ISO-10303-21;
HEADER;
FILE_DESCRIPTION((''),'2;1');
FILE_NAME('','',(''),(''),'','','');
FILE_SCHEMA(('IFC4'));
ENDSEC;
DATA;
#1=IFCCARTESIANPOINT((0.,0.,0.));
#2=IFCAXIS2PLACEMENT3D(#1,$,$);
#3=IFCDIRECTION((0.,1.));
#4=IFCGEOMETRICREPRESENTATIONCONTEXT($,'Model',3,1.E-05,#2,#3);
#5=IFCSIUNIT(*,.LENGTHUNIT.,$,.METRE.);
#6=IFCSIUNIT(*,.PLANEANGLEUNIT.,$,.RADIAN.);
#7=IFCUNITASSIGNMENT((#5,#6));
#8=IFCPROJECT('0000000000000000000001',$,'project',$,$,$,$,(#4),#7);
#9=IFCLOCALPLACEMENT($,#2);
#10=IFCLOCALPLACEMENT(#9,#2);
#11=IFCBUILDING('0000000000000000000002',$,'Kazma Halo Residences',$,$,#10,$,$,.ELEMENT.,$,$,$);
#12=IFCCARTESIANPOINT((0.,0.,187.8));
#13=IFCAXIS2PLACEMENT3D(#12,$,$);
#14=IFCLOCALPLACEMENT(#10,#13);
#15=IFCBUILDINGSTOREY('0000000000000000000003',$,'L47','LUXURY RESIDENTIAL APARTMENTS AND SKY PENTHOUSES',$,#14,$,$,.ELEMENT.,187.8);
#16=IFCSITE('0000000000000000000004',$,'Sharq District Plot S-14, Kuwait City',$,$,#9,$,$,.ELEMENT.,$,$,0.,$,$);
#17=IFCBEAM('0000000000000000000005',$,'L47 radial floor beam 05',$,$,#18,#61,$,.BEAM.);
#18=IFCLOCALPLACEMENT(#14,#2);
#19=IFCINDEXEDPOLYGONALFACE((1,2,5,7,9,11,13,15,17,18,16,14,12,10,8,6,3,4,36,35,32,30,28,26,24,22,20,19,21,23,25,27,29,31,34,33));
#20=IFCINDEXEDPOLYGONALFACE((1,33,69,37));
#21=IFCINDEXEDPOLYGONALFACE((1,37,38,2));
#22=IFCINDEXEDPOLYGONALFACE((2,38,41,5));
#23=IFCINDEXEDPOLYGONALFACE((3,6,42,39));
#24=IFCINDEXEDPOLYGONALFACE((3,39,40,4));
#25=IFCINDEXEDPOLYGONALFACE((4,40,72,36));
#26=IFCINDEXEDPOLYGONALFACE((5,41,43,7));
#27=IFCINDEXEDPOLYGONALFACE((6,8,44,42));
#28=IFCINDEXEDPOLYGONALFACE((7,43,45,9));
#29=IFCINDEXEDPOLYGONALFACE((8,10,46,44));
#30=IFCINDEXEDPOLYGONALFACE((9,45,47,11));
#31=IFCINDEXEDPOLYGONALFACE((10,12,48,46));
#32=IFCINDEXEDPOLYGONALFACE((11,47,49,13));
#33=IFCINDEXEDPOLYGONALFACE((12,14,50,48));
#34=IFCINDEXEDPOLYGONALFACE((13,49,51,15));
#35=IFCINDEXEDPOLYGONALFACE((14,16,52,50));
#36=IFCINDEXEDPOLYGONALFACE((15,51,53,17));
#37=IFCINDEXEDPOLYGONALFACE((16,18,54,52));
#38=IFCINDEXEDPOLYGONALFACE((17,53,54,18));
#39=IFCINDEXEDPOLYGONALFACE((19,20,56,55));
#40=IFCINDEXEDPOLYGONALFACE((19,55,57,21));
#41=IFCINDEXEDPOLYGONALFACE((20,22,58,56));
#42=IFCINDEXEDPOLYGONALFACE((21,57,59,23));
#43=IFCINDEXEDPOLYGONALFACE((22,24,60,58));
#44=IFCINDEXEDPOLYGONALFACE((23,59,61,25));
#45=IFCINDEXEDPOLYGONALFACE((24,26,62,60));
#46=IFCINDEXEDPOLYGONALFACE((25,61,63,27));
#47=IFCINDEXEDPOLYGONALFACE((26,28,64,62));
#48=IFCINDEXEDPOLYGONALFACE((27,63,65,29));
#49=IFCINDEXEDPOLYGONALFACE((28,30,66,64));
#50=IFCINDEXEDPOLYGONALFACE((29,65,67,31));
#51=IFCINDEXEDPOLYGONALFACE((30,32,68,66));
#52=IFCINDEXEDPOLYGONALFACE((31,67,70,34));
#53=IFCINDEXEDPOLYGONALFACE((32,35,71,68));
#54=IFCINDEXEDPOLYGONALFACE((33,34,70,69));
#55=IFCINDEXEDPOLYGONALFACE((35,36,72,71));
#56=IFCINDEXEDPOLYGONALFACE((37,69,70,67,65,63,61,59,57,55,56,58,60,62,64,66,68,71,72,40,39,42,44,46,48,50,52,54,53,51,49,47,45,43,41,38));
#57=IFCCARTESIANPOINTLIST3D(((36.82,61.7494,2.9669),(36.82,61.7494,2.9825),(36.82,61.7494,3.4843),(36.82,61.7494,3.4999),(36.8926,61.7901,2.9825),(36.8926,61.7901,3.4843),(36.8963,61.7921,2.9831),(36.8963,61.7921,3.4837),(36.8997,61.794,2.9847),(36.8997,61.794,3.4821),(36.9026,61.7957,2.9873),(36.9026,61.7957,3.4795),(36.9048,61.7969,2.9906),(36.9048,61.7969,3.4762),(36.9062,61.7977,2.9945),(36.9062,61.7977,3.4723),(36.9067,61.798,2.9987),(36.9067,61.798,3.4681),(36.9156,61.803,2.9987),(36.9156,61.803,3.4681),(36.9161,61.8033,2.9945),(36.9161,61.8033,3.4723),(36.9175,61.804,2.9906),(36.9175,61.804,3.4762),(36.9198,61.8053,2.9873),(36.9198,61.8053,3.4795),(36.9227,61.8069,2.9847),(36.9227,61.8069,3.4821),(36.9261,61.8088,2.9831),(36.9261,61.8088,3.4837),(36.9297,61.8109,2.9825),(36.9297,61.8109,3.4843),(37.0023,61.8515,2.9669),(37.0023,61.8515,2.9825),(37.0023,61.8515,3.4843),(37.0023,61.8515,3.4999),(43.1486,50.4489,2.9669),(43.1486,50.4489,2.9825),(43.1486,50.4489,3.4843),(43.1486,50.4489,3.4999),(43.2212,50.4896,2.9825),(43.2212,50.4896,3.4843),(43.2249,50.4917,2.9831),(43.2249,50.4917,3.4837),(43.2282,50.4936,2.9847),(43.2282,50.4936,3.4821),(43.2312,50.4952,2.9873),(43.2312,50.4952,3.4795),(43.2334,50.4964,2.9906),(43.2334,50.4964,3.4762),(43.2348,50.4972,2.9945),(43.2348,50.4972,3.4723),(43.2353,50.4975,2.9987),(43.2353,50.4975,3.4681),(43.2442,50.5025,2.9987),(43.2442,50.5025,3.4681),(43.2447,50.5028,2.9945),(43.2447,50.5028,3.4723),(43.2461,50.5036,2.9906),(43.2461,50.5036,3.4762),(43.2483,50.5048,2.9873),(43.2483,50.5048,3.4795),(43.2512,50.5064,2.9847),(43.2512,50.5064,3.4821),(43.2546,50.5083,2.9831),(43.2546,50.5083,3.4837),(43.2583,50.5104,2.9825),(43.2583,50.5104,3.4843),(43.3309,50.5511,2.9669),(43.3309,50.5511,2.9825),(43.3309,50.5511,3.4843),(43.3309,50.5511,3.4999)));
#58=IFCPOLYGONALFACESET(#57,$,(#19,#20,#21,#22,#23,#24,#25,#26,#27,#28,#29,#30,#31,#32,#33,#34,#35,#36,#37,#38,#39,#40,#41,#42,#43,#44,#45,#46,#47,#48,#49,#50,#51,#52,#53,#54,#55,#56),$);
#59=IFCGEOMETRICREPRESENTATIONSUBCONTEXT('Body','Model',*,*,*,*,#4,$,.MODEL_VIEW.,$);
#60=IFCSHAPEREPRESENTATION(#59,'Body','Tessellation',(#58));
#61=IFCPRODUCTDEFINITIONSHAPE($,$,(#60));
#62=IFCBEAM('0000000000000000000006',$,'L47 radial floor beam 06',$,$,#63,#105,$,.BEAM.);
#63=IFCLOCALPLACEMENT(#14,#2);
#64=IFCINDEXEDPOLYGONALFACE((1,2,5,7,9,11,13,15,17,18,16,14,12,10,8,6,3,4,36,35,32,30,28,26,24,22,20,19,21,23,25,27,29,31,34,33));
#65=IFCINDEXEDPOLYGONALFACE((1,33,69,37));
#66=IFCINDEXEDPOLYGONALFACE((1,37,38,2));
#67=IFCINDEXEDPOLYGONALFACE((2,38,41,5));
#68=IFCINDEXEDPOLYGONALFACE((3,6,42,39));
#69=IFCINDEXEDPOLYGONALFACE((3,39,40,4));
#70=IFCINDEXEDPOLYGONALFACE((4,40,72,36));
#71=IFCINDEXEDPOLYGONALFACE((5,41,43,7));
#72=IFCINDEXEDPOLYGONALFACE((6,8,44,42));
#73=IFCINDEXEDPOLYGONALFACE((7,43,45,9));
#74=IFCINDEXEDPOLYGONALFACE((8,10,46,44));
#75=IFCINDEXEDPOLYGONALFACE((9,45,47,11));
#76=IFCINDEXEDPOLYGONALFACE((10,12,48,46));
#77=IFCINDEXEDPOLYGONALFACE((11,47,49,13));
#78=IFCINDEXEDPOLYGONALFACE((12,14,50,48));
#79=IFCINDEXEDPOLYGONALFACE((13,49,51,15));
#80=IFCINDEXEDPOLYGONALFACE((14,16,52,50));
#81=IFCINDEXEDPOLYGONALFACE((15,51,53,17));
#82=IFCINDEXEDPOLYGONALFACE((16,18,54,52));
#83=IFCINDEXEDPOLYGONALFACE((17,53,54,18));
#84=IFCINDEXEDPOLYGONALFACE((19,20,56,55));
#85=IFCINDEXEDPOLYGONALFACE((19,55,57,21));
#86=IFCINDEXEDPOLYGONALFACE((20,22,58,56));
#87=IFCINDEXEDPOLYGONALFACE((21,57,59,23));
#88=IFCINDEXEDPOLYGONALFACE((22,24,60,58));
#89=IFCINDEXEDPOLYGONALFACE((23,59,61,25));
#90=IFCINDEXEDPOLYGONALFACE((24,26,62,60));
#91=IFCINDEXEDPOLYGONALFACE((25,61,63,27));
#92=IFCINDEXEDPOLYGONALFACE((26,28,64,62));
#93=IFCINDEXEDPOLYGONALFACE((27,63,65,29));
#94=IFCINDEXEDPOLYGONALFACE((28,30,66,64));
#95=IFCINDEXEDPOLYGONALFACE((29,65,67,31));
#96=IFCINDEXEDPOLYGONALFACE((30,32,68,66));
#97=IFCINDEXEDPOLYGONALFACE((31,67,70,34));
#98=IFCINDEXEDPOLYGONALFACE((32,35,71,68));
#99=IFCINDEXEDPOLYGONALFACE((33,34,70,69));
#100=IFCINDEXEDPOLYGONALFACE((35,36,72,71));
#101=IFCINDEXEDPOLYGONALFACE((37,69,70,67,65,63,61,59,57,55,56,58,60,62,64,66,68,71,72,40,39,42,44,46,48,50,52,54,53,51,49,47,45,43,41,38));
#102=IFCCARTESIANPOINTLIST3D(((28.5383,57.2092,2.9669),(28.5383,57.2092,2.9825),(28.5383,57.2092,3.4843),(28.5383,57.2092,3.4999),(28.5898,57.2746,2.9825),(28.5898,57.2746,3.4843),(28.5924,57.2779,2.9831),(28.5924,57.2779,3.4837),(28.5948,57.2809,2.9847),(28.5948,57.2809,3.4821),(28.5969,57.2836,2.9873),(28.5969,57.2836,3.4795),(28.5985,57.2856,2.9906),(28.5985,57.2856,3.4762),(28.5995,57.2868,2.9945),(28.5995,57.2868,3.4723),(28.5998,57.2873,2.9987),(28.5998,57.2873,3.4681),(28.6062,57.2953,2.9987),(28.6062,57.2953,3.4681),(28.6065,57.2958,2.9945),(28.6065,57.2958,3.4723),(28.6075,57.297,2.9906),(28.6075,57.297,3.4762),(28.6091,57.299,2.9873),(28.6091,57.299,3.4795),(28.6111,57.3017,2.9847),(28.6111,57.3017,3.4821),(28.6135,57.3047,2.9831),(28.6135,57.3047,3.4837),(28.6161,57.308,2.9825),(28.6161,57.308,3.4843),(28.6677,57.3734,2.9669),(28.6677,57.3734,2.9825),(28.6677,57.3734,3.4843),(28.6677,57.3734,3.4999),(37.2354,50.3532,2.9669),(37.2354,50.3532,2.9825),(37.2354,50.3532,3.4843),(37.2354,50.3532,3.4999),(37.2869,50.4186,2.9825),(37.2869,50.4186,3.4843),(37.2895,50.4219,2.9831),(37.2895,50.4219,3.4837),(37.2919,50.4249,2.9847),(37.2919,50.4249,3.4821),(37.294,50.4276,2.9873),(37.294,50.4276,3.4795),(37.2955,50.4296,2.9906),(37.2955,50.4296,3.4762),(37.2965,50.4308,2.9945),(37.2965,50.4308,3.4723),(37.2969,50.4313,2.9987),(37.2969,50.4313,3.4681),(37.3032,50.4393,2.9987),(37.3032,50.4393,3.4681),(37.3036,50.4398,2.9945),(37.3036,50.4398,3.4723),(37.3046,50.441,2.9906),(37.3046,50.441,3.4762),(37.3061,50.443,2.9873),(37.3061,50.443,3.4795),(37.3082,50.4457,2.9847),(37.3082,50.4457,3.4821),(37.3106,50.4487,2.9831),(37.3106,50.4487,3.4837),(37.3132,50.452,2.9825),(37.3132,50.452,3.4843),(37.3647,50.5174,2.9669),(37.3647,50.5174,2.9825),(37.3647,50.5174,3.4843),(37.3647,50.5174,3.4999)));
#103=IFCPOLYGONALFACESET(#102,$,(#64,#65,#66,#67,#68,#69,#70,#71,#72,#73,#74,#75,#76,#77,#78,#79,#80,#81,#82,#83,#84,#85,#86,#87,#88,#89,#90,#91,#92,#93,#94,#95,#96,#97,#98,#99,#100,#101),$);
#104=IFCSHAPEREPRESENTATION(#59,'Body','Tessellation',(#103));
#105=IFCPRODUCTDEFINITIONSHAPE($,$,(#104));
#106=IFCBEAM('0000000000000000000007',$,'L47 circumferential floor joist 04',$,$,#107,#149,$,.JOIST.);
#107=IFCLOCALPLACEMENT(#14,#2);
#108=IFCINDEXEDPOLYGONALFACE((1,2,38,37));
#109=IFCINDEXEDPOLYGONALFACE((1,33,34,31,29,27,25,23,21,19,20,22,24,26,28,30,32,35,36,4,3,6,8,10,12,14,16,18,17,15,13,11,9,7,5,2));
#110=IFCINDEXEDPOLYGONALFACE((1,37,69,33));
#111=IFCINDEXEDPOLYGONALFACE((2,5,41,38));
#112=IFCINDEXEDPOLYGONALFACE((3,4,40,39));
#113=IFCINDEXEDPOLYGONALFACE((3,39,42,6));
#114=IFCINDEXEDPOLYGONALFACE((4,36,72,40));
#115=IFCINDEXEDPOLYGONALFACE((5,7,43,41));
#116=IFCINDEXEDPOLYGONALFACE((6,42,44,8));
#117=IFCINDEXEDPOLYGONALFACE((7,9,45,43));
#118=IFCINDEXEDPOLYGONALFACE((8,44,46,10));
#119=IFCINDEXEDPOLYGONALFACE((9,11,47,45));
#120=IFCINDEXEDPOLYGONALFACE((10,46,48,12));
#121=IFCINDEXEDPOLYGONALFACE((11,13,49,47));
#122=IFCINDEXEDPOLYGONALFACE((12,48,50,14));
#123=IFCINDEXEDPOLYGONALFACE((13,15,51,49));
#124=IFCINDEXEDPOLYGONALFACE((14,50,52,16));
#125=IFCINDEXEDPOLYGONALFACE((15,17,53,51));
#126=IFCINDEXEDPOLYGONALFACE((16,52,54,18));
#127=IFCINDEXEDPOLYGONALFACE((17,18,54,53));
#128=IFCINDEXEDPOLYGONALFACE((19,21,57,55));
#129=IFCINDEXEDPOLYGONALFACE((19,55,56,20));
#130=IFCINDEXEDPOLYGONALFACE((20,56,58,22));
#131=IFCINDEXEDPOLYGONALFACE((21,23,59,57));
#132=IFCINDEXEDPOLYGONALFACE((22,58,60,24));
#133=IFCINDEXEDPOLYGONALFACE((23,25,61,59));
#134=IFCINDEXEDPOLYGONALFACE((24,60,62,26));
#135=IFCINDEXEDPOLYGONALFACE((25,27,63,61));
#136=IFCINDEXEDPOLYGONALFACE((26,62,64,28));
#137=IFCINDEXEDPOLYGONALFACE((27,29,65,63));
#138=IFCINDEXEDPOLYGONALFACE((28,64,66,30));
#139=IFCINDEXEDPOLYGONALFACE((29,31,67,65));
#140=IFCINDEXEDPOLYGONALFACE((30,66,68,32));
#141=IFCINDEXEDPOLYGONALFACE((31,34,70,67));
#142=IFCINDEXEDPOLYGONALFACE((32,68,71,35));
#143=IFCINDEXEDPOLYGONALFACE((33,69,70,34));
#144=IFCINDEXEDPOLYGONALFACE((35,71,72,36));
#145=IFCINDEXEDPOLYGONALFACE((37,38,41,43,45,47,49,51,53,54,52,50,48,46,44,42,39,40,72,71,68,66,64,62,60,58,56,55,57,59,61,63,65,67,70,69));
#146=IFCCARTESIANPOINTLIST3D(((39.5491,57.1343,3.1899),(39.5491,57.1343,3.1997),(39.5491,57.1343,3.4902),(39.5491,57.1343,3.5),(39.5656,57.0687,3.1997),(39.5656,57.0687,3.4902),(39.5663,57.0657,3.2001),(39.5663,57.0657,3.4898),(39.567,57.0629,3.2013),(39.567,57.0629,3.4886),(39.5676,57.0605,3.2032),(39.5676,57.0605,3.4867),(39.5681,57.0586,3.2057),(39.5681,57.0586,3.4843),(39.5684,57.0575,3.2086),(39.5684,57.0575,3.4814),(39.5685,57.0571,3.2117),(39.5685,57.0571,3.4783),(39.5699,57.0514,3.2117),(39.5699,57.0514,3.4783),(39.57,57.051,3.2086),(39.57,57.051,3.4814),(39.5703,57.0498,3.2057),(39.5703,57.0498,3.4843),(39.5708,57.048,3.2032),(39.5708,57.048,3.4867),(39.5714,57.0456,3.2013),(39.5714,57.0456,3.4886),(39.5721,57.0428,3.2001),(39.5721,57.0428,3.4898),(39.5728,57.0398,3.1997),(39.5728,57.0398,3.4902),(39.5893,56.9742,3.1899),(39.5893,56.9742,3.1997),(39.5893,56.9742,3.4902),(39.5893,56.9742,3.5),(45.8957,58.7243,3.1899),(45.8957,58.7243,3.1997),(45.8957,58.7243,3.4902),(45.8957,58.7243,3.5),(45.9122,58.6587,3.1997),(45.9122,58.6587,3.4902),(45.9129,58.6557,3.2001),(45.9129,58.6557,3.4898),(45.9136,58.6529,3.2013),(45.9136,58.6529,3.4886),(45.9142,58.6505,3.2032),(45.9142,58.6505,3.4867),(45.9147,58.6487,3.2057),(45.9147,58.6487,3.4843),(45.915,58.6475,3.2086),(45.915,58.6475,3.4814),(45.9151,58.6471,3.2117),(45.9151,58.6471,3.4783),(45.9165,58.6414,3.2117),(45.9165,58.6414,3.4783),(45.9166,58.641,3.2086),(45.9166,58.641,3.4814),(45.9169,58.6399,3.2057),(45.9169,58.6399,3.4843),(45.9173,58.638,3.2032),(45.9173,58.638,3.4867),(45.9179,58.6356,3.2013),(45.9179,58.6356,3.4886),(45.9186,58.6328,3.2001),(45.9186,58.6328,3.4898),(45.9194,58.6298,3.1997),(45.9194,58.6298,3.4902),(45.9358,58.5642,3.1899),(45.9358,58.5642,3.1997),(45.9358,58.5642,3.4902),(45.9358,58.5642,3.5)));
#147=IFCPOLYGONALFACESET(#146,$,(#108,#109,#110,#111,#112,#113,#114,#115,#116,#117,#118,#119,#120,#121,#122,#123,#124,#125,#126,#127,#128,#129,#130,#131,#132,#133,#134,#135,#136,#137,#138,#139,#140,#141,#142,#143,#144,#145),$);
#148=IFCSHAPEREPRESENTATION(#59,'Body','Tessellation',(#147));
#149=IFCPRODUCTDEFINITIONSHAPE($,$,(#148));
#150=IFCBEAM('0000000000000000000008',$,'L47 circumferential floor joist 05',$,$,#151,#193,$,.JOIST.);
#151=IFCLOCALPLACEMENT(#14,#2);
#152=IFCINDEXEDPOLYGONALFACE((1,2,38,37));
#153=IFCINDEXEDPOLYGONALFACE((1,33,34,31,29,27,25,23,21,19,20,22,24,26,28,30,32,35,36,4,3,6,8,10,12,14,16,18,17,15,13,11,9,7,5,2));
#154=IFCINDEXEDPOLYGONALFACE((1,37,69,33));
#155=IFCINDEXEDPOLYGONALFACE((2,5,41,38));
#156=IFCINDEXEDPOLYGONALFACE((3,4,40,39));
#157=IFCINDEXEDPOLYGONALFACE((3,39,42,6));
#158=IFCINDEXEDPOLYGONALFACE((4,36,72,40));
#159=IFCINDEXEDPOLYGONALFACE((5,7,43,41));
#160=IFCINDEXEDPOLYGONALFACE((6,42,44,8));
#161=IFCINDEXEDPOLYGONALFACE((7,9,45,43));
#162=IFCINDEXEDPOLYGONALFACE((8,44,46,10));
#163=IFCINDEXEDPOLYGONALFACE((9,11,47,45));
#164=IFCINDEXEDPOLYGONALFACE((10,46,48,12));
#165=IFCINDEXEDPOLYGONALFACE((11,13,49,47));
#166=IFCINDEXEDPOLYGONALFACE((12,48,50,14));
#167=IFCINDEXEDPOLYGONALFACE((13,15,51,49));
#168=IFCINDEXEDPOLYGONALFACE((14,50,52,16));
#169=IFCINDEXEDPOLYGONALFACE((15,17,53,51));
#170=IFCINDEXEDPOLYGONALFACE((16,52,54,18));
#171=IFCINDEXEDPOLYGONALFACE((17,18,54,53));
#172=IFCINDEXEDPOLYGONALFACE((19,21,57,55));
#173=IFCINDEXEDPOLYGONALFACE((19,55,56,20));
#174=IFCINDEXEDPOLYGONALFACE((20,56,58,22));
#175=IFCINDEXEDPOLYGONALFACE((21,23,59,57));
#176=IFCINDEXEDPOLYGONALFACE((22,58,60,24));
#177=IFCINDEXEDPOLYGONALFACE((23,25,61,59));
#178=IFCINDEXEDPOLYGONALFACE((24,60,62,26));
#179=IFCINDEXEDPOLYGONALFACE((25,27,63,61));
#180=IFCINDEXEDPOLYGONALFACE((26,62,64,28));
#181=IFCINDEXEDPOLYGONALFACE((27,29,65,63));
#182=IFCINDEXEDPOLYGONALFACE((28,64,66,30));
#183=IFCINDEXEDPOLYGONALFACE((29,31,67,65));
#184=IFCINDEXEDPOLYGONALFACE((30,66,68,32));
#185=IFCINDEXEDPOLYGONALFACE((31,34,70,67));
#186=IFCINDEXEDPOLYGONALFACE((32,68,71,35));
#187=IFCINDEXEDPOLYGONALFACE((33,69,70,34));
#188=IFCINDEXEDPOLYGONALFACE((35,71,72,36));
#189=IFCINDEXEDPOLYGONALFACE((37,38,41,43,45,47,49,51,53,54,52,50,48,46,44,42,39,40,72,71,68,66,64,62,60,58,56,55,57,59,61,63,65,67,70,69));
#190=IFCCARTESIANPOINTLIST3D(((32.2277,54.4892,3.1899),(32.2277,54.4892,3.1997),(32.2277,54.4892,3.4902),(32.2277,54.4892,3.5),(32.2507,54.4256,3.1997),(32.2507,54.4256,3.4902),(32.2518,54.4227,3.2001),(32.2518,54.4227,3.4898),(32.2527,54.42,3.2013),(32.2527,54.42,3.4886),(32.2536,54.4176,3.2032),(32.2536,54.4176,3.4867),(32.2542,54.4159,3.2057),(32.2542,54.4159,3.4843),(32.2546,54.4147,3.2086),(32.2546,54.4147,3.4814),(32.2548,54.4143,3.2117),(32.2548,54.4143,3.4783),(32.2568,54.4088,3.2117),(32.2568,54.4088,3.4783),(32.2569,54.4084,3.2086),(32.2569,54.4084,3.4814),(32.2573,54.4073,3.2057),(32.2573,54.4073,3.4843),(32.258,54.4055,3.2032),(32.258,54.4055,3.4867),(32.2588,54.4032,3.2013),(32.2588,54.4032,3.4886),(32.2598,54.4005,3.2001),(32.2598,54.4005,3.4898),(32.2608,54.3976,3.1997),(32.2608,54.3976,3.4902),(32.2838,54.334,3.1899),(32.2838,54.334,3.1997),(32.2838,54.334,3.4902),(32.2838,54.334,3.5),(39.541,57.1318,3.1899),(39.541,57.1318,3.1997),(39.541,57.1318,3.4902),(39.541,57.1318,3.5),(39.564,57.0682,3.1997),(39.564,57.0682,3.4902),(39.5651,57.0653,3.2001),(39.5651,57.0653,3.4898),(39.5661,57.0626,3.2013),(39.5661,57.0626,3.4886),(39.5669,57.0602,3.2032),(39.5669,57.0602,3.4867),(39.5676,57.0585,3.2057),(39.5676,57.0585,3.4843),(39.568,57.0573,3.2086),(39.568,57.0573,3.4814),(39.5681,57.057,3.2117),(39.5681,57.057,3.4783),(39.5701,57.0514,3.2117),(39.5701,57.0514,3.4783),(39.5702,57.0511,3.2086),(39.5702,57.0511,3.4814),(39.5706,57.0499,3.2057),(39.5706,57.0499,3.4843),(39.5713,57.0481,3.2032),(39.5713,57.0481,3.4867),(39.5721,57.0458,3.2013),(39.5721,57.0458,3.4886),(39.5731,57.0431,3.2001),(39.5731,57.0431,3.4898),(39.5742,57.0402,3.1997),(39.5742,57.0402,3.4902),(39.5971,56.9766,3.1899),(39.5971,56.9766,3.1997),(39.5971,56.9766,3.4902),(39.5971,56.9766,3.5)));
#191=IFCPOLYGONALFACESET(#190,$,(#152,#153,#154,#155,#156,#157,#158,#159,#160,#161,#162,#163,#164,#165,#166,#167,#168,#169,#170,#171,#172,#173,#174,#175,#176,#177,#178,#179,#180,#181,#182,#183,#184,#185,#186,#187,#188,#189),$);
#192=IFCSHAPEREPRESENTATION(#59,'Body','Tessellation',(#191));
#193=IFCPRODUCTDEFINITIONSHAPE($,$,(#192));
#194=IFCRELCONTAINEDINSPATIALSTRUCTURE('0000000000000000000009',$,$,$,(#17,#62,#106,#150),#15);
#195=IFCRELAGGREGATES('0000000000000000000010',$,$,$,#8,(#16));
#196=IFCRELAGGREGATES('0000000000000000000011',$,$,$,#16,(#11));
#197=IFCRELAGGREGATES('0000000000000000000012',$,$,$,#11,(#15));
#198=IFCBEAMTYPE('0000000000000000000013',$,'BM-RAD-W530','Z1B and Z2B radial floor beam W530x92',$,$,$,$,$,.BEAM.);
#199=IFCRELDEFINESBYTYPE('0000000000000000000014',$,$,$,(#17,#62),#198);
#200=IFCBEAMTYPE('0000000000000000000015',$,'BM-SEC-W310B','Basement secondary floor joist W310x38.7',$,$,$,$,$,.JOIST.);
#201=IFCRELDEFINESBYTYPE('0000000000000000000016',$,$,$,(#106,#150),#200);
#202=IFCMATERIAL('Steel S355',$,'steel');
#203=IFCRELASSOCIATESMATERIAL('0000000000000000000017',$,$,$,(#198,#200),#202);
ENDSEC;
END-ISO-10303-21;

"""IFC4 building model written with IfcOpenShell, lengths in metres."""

from ifc_helpers import new_model, si_unit, direction, frame, origin, origin_2d, place, context, subcontext, project, spatial, i_section, extrude, material, material_profile, profile_set, type_object, element, save


model = new_model("IFC4")

# Units and contexts
model_context = context("Model", 3, precision=1e-05, world=origin(), true_north=direction((0.0, 1.0)))
body_context = subcontext(model_context, "Body", "Model", "MODEL_VIEW")
ifc_project = project(units=[si_unit("LENGTHUNIT", "METRE"), si_unit("PLANEANGLEUNIT", "RADIAN")], contexts=[model_context])

# Site, building, storey
site_placement = place(None, origin())
site = spatial("IfcSite", under=ifc_project, at=site_placement, Name="Sharq District Plot S-14, Kuwait City", CompositionType="ELEMENT", RefElevation=0.0)
building_placement = place(site_placement, origin())
building = spatial("IfcBuilding", under=site, at=building_placement, Name="Kazma Halo Residences", CompositionType="ELEMENT")
storey_placement = place(building_placement, frame((0.0, 0.0, 187.8)))
storey = spatial("IfcBuildingStorey", under=building, at=storey_placement, Name="L47", Description="LUXURY RESIDENTIAL APARTMENTS AND SKY PENTHOUSES", CompositionType="ELEMENT", Elevation=187.8)

# Beams
ifc_material_1 = material(Name="Steel S355", Category="steel")
ifc_material_profile_1 = material_profile(ifc_material_1, i_section(OverallWidth=0.209, OverallDepth=0.533, WebThickness=0.0103, FlangeThickness=0.0156, FilletRadius=0.0161, at=origin_2d()), Name="W530x92")
ifc_profile_set_1 = profile_set([ifc_material_profile_1], Name="Steel S355")
beam_type_1 = type_object("IfcBeamType", Name="BM-RAD-W530", Description="Z1B and Z2B radial floor beam W530x92", PredefinedType="BEAM", material=ifc_profile_set_1)
beam_1_placement = place(storey_placement, frame((43.2397, 50.5, 3.2334), z_axis=(-0.488622, 0.872496, 0.0), x_axis=(-0.872496, -0.488622, 0.0)))
element("IfcBeam", 1, at=beam_1_placement, inside=storey, type_object=beam_type_1, Name="L47 radial floor beam 05", PredefinedType="BEAM", context=body_context, shape_type="SweptSolid", body=[
    extrude(i_section(OverallWidth=0.209, OverallDepth=0.533, WebThickness=0.0103, FlangeThickness=0.0156, FilletRadius=0.0161, at=origin_2d()), origin(), (0.0, 0.0, 1.0), 12.9519),
])
beam_2_placement = place(storey_placement, frame((37.3, 50.4353, 3.2334), z_axis=(-0.785327, 0.619082, 0.0), x_axis=(-0.619082, -0.785327, 0.0)))
element("IfcBeam", 2, at=beam_2_placement, inside=storey, type_object=beam_type_1, Name="L47 radial floor beam 06", PredefinedType="BEAM", context=body_context, shape_type="SweptSolid", body=[
    extrude(i_section(OverallWidth=0.209, OverallDepth=0.533, WebThickness=0.0103, FlangeThickness=0.0156, FilletRadius=0.0161, at=origin_2d()), origin(), (0.0, 0.0, 1.0), 11.0745),
])
ifc_material_profile_2 = material_profile(ifc_material_1, i_section(OverallWidth=0.165, OverallDepth=0.3101, WebThickness=0.0059, FlangeThickness=0.0098, FilletRadius=0.012, at=origin_2d()), Name="W310x38.7")
ifc_profile_set_2 = profile_set([ifc_material_profile_2], Name="Steel S355")
beam_type_2 = type_object("IfcBeamType", Name="BM-SEC-W310B", Description="Basement secondary floor joist W310x38.7", PredefinedType="JOIST", material=ifc_profile_set_2)
beam_3_placement = place(storey_placement, frame((45.9158, 58.6443, 3.345), z_axis=(-0.970019, -0.243027, 0.0), x_axis=(0.243027, -0.970019, 0.0)))
element("IfcBeam", 3, at=beam_3_placement, inside=storey, type_object=beam_type_2, Name="L47 circumferential floor joist 04", PredefinedType="JOIST", context=body_context, shape_type="SweptSolid", body=[
    extrude(i_section(OverallWidth=0.165, OverallDepth=0.3101, WebThickness=0.0059, FlangeThickness=0.0098, FilletRadius=0.012, at=origin_2d()), origin(), (0.0, 0.0, 1.0), 6.5427),
])
beam_4_placement = place(storey_placement, frame((39.5691, 57.0542, 3.345), z_axis=(-0.940485, -0.339837, 0.0), x_axis=(0.339837, -0.940485, 0.0)))
element("IfcBeam", 4, at=beam_4_placement, inside=storey, type_object=beam_type_2, Name="L47 circumferential floor joist 05", PredefinedType="JOIST", context=body_context, shape_type="SweptSolid", body=[
    extrude(i_section(OverallWidth=0.165, OverallDepth=0.3101, WebThickness=0.0059, FlangeThickness=0.0098, FilletRadius=0.012, at=origin_2d()), origin(), (0.0, 0.0, 1.0), 7.7761),
])

save(model, "model.ifc")
